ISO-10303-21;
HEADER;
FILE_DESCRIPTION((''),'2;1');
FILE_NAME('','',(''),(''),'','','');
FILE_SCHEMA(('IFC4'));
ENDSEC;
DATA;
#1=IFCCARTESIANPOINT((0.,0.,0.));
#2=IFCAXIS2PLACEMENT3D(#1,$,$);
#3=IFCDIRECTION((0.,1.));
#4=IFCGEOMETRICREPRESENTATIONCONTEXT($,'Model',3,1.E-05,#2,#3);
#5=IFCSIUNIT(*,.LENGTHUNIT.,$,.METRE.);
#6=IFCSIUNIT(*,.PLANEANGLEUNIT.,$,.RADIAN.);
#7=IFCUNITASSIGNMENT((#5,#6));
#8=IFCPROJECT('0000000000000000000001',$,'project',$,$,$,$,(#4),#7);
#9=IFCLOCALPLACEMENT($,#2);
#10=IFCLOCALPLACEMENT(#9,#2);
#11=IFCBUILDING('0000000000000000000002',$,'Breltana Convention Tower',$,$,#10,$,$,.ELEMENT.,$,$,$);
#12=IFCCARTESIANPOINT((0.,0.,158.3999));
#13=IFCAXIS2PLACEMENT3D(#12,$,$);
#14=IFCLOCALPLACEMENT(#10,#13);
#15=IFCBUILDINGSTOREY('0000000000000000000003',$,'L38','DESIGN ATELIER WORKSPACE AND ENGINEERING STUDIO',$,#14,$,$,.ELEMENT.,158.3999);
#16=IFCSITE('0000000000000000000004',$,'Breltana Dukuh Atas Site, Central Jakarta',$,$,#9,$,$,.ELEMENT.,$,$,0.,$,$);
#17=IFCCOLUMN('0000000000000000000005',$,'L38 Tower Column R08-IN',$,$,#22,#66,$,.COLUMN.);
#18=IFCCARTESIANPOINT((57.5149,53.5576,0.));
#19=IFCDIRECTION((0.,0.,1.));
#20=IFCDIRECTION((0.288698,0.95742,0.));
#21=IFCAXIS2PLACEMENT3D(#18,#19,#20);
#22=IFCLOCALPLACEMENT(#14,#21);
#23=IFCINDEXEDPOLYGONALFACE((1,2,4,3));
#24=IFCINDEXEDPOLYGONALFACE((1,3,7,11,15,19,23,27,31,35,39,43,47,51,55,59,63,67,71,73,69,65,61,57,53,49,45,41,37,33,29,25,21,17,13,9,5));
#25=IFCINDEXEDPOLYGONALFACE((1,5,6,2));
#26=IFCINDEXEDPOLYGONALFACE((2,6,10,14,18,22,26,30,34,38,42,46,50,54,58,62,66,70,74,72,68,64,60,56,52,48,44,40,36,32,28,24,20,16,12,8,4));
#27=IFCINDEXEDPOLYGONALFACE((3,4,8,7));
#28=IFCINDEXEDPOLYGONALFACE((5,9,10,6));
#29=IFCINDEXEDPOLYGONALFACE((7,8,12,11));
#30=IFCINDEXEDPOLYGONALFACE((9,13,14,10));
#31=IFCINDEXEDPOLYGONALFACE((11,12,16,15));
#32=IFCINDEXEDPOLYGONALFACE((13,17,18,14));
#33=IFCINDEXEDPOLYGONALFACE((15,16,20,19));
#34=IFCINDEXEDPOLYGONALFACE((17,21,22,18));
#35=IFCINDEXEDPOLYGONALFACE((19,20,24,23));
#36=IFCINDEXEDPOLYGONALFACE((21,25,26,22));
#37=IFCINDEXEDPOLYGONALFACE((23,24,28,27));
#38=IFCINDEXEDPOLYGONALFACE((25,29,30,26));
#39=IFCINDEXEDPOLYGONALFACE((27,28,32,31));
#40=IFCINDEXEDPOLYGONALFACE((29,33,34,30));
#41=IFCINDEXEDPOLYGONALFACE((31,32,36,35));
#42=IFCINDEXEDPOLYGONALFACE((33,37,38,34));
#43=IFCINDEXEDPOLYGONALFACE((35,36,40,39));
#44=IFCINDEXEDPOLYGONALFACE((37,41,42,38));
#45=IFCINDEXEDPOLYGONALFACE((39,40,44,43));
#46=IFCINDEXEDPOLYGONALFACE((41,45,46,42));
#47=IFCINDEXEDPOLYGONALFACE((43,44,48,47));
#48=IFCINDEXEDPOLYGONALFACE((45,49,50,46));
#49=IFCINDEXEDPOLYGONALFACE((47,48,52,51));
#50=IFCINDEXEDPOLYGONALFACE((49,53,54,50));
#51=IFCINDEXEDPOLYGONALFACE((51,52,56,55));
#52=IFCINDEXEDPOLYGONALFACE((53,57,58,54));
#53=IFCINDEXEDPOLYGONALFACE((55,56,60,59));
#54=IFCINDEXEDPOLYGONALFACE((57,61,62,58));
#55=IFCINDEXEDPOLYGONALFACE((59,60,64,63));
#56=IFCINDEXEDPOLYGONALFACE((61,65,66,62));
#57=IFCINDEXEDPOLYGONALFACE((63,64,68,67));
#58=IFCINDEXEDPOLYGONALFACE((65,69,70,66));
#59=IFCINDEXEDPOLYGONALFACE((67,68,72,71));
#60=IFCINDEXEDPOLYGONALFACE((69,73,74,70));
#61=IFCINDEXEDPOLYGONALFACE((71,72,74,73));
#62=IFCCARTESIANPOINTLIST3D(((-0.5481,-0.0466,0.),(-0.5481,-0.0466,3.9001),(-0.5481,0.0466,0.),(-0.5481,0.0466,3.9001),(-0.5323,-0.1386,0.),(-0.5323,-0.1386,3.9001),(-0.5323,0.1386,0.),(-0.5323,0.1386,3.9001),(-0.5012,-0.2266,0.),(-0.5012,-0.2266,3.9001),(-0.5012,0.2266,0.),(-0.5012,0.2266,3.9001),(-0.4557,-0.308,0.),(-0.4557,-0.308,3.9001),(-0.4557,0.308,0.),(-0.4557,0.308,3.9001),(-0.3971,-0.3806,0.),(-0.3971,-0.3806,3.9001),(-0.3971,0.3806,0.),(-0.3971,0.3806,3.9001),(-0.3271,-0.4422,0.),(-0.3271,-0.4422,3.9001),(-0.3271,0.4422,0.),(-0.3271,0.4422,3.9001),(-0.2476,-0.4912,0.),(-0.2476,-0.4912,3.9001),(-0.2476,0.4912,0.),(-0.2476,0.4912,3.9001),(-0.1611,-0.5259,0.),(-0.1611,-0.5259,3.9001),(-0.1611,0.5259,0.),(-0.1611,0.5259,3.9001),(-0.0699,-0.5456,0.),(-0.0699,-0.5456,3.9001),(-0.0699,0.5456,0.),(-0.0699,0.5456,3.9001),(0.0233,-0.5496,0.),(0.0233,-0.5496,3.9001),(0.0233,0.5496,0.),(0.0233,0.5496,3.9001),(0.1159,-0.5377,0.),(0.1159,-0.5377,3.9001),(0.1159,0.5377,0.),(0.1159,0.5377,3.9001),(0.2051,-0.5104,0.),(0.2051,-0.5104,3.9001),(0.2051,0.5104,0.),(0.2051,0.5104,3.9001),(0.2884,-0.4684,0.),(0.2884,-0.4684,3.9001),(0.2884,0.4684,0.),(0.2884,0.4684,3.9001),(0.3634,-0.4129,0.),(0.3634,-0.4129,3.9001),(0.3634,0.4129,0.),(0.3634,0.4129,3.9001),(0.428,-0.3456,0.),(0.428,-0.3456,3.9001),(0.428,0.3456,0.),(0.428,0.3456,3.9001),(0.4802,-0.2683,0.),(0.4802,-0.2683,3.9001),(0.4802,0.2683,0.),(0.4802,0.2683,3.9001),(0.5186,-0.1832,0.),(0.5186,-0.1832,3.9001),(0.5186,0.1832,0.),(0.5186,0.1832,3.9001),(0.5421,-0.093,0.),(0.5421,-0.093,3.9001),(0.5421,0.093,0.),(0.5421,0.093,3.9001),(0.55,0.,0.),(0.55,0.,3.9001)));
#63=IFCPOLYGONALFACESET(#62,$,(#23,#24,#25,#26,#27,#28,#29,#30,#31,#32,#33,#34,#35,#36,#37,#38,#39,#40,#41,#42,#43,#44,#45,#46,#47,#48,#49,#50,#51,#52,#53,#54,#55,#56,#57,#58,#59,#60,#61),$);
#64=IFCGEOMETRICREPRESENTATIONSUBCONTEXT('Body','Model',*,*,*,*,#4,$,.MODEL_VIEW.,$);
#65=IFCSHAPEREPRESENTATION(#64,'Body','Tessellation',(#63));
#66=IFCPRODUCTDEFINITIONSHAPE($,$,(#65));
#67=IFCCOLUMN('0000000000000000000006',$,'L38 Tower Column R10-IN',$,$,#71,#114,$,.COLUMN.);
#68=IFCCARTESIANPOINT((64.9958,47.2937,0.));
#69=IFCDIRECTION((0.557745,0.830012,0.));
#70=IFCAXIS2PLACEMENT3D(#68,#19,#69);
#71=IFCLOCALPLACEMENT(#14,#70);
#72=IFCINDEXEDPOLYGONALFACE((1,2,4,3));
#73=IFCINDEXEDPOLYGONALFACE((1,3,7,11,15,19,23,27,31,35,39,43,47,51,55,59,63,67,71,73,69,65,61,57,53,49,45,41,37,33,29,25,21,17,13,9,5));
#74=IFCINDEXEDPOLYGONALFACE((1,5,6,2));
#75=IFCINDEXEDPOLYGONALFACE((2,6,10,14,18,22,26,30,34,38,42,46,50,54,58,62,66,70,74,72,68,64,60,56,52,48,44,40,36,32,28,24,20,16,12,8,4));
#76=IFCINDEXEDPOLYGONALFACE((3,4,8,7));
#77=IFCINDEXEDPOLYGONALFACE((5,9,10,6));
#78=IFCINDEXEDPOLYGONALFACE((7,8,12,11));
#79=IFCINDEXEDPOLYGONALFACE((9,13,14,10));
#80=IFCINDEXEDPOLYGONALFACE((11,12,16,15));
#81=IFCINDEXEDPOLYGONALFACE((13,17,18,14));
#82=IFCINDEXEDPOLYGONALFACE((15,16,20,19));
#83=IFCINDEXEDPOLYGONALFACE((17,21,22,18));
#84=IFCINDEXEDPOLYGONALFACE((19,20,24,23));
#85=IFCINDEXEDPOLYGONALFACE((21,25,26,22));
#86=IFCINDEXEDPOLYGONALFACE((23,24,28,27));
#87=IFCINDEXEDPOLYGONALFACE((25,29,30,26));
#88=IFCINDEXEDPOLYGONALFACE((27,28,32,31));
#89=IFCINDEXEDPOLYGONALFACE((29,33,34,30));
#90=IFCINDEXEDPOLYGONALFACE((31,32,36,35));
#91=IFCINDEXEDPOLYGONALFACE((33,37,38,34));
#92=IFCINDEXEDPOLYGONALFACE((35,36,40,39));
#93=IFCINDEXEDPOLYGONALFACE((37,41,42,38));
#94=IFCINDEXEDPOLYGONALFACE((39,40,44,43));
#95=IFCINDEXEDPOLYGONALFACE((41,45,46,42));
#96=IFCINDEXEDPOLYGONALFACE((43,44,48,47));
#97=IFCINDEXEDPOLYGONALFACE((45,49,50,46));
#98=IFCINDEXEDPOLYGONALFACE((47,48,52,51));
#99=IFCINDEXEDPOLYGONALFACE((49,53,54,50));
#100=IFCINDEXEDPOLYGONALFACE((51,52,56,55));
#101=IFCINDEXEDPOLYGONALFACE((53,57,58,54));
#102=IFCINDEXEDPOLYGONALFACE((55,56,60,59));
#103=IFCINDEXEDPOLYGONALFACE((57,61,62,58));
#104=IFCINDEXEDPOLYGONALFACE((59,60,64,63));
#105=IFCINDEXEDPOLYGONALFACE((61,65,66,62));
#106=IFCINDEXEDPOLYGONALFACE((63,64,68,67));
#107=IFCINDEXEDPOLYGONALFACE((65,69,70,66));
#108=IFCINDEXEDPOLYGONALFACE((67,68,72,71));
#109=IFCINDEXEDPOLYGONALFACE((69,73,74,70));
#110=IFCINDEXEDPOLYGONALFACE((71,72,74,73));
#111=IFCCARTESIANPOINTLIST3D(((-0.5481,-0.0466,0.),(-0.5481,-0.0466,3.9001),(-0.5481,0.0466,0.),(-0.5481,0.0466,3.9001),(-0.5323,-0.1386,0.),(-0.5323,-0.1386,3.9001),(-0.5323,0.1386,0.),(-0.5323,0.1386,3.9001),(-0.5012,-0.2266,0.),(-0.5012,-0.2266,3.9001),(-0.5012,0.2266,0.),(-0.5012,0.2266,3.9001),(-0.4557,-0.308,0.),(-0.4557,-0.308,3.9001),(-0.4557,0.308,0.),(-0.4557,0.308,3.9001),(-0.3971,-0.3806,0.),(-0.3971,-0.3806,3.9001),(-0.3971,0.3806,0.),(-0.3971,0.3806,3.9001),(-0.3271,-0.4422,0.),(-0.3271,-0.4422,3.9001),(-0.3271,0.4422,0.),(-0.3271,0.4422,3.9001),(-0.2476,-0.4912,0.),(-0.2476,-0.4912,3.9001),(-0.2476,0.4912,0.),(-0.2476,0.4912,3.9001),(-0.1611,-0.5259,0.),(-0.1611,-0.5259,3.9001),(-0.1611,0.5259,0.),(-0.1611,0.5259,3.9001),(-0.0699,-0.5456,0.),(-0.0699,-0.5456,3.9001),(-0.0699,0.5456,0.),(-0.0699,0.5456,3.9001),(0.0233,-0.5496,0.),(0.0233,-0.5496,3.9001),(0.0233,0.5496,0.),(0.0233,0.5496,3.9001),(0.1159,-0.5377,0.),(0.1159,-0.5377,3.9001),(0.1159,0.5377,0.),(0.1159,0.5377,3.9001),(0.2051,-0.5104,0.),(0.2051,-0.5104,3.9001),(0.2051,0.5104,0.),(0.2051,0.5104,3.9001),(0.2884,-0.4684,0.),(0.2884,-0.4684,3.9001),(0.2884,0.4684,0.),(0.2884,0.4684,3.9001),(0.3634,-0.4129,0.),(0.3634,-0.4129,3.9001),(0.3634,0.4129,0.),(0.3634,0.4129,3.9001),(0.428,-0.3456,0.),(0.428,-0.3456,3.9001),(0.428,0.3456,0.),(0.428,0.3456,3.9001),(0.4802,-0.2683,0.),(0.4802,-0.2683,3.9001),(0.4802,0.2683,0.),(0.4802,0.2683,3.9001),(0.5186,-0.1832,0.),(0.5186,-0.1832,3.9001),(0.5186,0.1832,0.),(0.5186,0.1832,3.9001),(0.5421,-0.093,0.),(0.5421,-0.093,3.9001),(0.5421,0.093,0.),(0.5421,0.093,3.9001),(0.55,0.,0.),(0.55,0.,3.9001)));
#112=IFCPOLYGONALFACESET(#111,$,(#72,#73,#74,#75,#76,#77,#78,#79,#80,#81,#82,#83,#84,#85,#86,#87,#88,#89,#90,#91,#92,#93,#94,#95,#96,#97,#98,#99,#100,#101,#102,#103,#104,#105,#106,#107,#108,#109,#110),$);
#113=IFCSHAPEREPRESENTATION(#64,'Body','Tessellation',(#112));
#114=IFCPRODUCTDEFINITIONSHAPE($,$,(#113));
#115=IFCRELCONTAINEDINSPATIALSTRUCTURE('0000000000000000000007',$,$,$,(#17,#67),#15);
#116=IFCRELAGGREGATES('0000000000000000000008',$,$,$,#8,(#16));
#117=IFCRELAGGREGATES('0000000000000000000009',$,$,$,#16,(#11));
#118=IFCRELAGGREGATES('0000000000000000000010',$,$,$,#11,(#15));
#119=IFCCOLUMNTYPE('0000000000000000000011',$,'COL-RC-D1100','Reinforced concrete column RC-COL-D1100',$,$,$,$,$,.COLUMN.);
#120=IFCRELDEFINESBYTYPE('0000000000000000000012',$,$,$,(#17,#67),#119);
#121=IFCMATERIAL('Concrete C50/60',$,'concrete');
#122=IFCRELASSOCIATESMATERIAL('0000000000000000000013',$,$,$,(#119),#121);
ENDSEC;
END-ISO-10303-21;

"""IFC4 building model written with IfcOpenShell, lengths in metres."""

from ifc_helpers import new_model, si_unit, direction, frame, origin, origin_2d, place, context, subcontext, project, spatial, circle, extrude, source, transform, mapped, material, material_profile, profile_set, type_object, element, save


model = new_model("IFC4")

# Units and contexts
model_context = context("Model", 3, precision=1e-05, world=origin(), true_north=direction((0.0, 1.0)))
body_context = subcontext(model_context, "Body", "Model", "MODEL_VIEW")
ifc_project = project(units=[si_unit("LENGTHUNIT", "METRE"), si_unit("PLANEANGLEUNIT", "RADIAN")], contexts=[model_context])

# Site, building, storey
site_placement = place(None, origin())
site = spatial("IfcSite", under=ifc_project, at=site_placement, Name="Breltana Dukuh Atas Site, Central Jakarta", CompositionType="ELEMENT", RefElevation=0.0)
building_placement = place(site_placement, origin())
building = spatial("IfcBuilding", under=site, at=building_placement, Name="Breltana Convention Tower", CompositionType="ELEMENT")
storey_placement = place(building_placement, frame((0.0, 0.0, 158.3999)))
storey = spatial("IfcBuildingStorey", under=building, at=storey_placement, Name="L38", Description="DESIGN ATELIER WORKSPACE AND ENGINEERING STUDIO", CompositionType="ELEMENT", Elevation=158.3999)

# Columns
ifc_material_1 = material(Name="Concrete C50/60", Category="concrete")
ifc_material_profile_1 = material_profile(ifc_material_1, circle(Radius=0.55, at=origin_2d()), Name="RC-COL-D1100")
ifc_profile_set_1 = profile_set([ifc_material_profile_1], Name="Concrete C50/60")
column_type = type_object("IfcColumnType", Name="COL-RC-D1100", Description="Reinforced concrete column RC-COL-D1100", PredefinedType="COLUMN", material=ifc_profile_set_1)
shared_shape_1 = source(origin(), body_context, "Body", "SweptSolid", [
    extrude(circle(Radius=0.55, at=origin_2d()), origin(), (0.0, 0.0, 1.0), 3.9001),
])
for number, where, z_axis, x_axis, name in (
    (1, (57.5149, 53.5576, 0.0), (0.0, 0.0, 1.0), (0.288698, 0.95742, 0.0), "L38 Tower Column R08-IN"),
    (2, (64.9958, 47.2937, 0.0), (0.0, 0.0, 1.0), (0.557745, 0.830012, 0.0), "L38 Tower Column R10-IN"),
):
    element("IfcColumn", number, at=place(storey_placement, frame(where, z_axis=z_axis, x_axis=x_axis)), inside=storey, type_object=column_type, Name=name, PredefinedType="COLUMN", context=body_context, shape_type="MappedRepresentation", body=[
        mapped(shared_shape_1, transform((0.0, 0.0, 0.0), scale=1.0)),
    ])

save(model, "model.ifc")
